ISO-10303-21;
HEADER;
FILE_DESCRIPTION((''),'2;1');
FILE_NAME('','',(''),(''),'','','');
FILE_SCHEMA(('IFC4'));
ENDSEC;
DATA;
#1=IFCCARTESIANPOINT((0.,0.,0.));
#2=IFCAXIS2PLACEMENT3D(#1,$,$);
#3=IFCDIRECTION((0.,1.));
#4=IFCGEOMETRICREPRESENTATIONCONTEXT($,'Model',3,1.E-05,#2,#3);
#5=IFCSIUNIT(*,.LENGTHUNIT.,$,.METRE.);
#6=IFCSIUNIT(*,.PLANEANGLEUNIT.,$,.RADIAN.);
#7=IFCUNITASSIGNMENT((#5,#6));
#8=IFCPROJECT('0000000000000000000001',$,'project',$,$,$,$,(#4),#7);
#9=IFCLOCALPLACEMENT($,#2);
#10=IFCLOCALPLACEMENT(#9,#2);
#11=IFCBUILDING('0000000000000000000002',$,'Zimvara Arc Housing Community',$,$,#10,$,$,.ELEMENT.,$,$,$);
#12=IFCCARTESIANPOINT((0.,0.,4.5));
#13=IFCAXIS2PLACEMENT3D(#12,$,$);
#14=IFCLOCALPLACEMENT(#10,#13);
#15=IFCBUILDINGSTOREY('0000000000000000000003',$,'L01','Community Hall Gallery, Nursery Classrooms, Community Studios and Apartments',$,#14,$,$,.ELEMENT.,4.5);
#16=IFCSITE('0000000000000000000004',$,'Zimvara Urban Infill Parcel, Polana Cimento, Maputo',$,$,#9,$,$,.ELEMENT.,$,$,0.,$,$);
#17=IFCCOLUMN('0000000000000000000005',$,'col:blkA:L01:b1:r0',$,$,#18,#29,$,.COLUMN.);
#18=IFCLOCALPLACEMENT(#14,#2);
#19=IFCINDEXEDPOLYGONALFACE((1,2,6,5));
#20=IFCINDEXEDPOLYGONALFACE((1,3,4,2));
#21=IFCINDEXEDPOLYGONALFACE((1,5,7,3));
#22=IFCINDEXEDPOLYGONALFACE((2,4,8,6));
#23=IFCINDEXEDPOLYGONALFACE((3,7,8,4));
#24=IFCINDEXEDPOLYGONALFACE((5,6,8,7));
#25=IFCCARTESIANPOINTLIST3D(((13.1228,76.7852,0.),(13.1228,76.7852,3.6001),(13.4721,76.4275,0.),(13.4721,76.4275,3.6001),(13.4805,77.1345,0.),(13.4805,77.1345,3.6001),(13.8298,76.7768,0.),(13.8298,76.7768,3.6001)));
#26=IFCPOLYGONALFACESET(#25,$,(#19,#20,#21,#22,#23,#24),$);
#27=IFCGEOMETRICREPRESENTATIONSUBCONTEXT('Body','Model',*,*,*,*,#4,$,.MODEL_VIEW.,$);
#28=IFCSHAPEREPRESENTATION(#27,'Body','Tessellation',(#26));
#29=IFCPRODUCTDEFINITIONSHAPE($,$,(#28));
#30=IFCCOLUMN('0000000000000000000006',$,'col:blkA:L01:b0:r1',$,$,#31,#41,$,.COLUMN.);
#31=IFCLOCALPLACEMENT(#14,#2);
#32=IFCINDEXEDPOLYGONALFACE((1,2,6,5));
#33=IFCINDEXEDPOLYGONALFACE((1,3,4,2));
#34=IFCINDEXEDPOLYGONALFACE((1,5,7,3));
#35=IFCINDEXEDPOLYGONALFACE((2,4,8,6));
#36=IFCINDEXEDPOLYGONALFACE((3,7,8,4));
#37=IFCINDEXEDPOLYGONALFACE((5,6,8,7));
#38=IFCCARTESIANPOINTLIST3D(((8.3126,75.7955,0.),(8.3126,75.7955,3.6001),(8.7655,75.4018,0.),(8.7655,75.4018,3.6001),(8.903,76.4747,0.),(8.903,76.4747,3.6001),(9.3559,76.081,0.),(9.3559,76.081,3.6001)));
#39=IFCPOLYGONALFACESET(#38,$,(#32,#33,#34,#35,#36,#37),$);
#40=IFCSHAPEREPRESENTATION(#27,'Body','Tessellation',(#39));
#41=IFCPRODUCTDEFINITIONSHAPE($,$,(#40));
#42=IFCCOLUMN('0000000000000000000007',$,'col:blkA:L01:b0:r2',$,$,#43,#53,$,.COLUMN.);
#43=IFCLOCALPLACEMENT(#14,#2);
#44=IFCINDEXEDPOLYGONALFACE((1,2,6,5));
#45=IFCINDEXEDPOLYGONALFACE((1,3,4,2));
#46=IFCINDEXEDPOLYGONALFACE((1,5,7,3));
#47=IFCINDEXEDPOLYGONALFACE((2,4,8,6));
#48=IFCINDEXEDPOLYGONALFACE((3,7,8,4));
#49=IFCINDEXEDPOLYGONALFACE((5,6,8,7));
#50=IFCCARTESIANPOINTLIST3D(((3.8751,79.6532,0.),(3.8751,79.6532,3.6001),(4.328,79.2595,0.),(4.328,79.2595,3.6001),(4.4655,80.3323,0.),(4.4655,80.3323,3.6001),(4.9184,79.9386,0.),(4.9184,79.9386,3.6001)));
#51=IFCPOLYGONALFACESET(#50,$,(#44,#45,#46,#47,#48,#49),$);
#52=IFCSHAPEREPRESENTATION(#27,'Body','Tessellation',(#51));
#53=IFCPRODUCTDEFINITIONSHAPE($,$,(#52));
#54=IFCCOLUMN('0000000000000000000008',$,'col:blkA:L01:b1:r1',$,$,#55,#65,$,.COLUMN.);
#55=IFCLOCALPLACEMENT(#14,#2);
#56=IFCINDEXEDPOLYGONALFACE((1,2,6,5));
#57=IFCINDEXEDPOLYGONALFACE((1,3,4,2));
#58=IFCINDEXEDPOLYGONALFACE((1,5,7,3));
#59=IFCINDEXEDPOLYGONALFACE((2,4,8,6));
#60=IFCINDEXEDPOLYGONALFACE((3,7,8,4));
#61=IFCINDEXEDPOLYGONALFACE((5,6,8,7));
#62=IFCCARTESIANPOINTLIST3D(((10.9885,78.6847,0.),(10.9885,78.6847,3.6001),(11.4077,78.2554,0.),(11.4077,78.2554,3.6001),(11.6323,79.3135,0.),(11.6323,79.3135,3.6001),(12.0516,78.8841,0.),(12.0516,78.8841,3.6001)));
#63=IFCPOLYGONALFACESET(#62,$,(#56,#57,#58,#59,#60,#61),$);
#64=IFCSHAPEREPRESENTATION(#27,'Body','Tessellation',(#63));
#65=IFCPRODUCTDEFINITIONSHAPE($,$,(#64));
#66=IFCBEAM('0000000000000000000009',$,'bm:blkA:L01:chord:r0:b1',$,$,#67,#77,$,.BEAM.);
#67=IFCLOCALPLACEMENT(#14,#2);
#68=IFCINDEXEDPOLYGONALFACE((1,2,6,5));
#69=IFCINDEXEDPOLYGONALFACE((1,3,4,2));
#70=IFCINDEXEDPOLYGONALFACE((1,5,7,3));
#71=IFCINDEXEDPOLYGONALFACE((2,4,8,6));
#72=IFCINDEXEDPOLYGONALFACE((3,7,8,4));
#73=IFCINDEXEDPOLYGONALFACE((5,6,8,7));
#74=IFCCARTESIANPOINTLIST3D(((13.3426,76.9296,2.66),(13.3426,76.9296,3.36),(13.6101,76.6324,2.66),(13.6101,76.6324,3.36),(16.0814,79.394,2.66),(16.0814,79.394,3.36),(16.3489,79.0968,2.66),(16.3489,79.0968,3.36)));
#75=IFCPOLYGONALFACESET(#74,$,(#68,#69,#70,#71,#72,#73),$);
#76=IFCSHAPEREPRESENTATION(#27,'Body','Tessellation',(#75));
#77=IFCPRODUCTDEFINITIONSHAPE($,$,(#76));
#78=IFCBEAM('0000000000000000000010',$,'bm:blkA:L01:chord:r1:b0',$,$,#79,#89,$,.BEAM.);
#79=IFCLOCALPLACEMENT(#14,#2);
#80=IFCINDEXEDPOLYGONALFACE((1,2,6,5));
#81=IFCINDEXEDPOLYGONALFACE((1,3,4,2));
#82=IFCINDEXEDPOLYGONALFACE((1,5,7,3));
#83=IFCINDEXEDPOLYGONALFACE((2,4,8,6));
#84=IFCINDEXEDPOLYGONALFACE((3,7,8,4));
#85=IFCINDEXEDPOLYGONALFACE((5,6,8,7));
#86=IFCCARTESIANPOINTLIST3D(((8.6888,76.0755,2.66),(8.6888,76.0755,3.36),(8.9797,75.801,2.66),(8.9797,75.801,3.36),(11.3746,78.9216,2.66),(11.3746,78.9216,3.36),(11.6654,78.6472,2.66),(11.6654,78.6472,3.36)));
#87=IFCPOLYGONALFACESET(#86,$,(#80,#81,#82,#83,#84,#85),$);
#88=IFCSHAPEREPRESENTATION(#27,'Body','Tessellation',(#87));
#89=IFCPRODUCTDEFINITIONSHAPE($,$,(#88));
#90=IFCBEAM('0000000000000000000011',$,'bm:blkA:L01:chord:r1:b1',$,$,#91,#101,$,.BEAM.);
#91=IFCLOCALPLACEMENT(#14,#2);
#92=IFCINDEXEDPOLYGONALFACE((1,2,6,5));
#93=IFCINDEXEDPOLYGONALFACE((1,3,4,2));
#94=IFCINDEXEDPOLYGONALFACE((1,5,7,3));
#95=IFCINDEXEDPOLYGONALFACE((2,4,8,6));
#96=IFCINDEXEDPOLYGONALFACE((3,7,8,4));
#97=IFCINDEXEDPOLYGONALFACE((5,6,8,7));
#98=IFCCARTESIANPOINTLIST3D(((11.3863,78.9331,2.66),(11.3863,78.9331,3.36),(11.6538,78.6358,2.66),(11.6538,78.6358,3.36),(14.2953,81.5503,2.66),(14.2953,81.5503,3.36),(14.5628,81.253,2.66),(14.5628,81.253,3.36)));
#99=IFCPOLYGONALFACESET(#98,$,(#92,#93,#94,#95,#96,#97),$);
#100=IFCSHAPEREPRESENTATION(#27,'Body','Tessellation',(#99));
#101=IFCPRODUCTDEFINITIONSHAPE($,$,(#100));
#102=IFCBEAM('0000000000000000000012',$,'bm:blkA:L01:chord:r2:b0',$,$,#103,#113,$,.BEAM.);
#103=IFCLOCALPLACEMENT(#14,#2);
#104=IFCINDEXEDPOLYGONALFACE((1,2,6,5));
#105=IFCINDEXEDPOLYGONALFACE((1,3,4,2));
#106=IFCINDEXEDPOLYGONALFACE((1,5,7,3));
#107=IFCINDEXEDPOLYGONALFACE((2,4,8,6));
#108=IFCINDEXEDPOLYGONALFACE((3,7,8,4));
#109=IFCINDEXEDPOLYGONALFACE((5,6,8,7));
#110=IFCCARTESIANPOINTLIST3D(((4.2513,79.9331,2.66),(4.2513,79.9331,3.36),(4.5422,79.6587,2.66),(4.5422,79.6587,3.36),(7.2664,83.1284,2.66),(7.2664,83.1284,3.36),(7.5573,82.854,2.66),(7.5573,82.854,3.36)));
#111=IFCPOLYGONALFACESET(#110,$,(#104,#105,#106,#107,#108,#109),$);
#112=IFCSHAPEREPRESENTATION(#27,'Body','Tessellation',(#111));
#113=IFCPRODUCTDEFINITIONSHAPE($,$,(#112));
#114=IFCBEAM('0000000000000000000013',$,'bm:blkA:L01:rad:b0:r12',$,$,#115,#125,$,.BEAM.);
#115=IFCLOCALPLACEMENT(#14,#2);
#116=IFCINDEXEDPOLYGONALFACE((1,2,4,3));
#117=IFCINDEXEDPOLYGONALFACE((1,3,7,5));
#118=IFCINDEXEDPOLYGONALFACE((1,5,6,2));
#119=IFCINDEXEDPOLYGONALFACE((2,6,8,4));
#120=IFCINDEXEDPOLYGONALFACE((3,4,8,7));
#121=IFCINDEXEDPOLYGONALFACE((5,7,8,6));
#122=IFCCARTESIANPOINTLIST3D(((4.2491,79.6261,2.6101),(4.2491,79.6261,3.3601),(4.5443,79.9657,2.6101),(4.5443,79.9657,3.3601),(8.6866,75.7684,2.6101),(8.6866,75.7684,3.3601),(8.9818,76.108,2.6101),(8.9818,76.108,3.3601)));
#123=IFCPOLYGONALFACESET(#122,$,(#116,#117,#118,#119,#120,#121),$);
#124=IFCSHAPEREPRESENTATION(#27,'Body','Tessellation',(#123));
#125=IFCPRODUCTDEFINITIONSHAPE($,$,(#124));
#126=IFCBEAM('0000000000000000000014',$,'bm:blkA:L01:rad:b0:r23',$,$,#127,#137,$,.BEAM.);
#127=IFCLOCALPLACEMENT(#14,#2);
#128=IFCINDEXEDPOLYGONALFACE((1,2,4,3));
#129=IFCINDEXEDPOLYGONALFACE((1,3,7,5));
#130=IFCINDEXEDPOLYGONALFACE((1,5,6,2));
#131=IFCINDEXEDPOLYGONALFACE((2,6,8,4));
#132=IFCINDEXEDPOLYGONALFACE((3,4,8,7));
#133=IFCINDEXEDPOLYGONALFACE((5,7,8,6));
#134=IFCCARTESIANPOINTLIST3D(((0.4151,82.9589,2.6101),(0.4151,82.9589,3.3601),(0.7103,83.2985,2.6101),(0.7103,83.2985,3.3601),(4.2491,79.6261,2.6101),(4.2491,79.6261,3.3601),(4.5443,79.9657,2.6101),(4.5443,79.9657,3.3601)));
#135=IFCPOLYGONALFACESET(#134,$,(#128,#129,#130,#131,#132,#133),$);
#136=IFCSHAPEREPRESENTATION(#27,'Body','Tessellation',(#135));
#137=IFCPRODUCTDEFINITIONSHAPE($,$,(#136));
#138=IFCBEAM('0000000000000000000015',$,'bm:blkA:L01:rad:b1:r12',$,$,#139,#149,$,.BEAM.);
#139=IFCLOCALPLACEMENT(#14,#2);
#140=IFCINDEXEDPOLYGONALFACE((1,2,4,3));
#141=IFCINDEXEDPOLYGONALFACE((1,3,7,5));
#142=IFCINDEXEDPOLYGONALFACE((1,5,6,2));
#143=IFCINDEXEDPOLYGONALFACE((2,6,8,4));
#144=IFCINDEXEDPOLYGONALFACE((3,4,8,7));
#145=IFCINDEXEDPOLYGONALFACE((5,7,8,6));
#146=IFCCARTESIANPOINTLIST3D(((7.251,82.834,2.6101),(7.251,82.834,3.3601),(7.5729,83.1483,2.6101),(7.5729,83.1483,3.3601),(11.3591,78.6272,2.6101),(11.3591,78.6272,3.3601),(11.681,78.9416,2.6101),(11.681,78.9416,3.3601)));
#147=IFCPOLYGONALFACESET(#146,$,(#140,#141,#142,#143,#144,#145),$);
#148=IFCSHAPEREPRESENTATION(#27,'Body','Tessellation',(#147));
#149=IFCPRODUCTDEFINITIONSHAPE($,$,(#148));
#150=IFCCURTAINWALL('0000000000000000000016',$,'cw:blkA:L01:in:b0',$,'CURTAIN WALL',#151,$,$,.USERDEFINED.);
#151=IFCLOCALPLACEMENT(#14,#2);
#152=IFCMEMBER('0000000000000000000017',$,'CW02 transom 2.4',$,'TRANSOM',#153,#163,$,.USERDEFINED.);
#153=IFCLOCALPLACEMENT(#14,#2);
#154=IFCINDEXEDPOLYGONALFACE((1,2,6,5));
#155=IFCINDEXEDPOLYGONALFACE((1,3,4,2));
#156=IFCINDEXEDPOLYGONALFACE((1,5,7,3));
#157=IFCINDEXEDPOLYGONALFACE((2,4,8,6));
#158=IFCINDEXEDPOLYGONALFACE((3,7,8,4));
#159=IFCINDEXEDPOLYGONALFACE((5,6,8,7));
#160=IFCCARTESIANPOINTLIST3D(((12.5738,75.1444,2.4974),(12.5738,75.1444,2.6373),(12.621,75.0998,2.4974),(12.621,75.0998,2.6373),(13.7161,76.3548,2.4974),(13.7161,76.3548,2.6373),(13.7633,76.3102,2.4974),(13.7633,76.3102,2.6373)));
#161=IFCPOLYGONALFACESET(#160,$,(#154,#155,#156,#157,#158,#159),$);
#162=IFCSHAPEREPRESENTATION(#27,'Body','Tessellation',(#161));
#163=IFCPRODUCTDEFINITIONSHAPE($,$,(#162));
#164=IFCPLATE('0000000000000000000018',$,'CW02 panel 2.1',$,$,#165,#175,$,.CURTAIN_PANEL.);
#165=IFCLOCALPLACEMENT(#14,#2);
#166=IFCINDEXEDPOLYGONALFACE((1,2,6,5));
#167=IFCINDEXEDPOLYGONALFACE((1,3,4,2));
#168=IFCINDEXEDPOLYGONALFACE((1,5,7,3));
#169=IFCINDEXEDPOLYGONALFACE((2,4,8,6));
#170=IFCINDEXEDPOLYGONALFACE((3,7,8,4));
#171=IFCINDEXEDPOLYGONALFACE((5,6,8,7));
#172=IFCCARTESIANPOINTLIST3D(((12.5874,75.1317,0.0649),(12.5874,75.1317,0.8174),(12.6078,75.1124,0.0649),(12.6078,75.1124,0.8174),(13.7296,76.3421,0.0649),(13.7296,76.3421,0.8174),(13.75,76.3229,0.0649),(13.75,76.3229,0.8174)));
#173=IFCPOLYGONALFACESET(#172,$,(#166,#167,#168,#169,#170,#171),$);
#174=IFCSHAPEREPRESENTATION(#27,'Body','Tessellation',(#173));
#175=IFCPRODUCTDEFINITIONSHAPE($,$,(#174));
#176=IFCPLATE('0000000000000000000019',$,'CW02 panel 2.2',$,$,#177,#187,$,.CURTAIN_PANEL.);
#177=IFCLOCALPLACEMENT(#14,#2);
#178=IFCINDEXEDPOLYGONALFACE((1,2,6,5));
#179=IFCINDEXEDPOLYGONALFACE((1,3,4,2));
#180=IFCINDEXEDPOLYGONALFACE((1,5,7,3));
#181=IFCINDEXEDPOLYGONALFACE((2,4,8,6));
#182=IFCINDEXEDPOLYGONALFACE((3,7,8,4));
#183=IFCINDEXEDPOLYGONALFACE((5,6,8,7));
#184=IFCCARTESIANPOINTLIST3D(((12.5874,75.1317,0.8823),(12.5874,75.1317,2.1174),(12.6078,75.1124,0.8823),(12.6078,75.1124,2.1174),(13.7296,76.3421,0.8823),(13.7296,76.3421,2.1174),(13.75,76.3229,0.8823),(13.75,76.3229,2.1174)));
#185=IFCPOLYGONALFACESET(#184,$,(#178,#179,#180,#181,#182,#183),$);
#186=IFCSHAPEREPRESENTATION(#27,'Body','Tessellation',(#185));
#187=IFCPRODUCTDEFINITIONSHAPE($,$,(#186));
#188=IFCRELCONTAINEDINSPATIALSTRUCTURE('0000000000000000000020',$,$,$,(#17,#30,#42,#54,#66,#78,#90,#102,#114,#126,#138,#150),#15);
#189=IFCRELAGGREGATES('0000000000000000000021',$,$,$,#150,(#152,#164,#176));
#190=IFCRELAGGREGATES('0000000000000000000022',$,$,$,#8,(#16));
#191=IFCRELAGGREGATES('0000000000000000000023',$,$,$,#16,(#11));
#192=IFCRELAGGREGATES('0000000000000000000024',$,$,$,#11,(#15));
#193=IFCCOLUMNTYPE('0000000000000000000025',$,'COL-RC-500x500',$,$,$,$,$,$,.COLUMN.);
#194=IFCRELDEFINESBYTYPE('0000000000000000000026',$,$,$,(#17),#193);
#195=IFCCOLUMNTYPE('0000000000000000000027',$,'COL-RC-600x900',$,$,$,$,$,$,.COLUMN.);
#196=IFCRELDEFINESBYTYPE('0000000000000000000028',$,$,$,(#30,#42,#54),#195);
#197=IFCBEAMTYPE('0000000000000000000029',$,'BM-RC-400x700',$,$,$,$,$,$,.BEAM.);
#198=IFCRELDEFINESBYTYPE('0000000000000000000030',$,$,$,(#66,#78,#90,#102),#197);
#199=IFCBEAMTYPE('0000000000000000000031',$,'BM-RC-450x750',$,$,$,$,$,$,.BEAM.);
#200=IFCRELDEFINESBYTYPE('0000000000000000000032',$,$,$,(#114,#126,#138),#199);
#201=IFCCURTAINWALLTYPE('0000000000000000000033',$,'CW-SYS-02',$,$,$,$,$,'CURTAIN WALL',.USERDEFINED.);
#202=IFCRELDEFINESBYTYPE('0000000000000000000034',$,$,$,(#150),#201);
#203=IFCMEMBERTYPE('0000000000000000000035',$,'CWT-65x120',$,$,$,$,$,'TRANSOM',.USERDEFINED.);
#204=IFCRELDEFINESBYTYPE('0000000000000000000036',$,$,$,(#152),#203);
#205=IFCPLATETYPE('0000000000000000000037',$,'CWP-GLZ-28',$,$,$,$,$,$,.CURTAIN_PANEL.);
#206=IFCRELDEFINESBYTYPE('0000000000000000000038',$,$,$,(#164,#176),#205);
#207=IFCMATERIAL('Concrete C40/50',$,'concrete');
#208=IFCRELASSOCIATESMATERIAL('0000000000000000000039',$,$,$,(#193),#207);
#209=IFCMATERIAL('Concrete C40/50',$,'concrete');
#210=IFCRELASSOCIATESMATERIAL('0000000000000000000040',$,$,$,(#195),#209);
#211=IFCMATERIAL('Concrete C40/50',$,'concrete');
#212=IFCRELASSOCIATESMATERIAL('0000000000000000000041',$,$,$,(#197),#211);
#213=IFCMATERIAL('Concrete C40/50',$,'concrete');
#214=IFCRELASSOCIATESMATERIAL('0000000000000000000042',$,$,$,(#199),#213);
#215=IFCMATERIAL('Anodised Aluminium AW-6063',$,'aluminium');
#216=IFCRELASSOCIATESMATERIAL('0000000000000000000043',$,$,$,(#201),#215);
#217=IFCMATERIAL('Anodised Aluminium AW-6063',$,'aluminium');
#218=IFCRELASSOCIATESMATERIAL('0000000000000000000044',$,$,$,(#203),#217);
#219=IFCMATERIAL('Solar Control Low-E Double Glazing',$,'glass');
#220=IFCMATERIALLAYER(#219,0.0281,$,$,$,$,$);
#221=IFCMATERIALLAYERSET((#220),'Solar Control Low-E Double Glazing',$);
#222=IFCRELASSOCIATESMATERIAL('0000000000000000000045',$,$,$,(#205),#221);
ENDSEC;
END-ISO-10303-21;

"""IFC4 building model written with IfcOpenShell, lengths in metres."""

from ifc_helpers import new_model, si_unit, direction, frame, origin, origin_2d, place, context, subcontext, project, spatial, rectangle, extrude, material, layer, layer_set, material_profile, profile_set, type_object, element, aggregate, save


model = new_model("IFC4")

# Units and contexts
model_context = context("Model", 3, precision=1e-05, world=origin(), true_north=direction((0.0, 1.0)))
body_context = subcontext(model_context, "Body", "Model", "MODEL_VIEW")
ifc_project = project(units=[si_unit("LENGTHUNIT", "METRE"), si_unit("PLANEANGLEUNIT", "RADIAN")], contexts=[model_context])

# Site, building, storey
site_placement = place(None, origin())
site = spatial("IfcSite", under=ifc_project, at=site_placement, Name="Zimvara Urban Infill Parcel, Polana Cimento, Maputo", CompositionType="ELEMENT", RefElevation=0.0)
building_placement = place(site_placement, origin())
building = spatial("IfcBuilding", under=site, at=building_placement, Name="Zimvara Arc Housing Community", CompositionType="ELEMENT")
storey_placement = place(building_placement, frame((0.0, 0.0, 4.5)))
storey = spatial("IfcBuildingStorey", under=building, at=storey_placement, Name="L01", Description="Community Hall Gallery, Nursery Classrooms, Community Studios and Apartments", CompositionType="ELEMENT", Elevation=4.5)

# Columns
ifc_material_1 = material(Name="Concrete C40/50", Category="concrete")
ifc_material_profile_1 = material_profile(ifc_material_1, rectangle(XDim=0.5, YDim=0.5, at=origin_2d()), Name="RC 500x500")
ifc_profile_set_1 = profile_set([ifc_material_profile_1], Name="Concrete C40/50")
column_type_1 = type_object("IfcColumnType", Name="COL-RC-500x500", PredefinedType="COLUMN", material=ifc_profile_set_1)
column_placement = place(storey_placement, frame((13.4763, 76.781, 0.0), z_axis=(0.0, 0.0, 1.0), x_axis=(-0.698665, 0.715449, 0.0)))
element("IfcColumn", 1, at=column_placement, inside=storey, type_object=column_type_1, Name="col:blkA:L01:b1:r0", PredefinedType="COLUMN", context=body_context, shape_type="SweptSolid", body=[
    extrude(rectangle(XDim=0.5, YDim=0.5, at=origin_2d()), origin(), (0.0, 0.0, 1.0), 3.6001),
])
ifc_material_2 = material(Name="Concrete C40/50", Category="concrete")
ifc_material_profile_2 = material_profile(ifc_material_2, rectangle(XDim=0.6001, YDim=0.8999, at=origin_2d()), Name="RC 600x900")
ifc_profile_set_2 = profile_set([ifc_material_profile_2], Name="Concrete C40/50")
column_type_2 = type_object("IfcColumnType", Name="COL-RC-600x900", PredefinedType="COLUMN", material=ifc_profile_set_2)
for number, where, z_axis, x_axis, name in (
    (2, (8.8342, 75.9382, 0.0), (0.0, 0.0, 1.0), (-0.75471, 0.656059, 0.0), "col:blkA:L01:b0:r1"),
    (3, (4.3967, 79.7959, 0.0), (0.0, 0.0, 1.0), (-0.75471, 0.656059, 0.0), "col:blkA:L01:b0:r2"),
    (4, (11.52, 78.7844, 0.0), (0.0, 0.0, 1.0), (-0.698665, 0.715449, 0.0), "col:blkA:L01:b1:r1"),
):
    element("IfcColumn", number, at=place(storey_placement, frame(where, z_axis=z_axis, x_axis=x_axis)), inside=storey, type_object=column_type_2, Name=name, PredefinedType="COLUMN", context=body_context, shape_type="SweptSolid", body=[
        extrude(rectangle(XDim=0.6001, YDim=0.8999, at=origin_2d()), origin(), (0.0, 0.0, 1.0), 3.6001),
    ])

# Beams
ifc_material_3 = material(Name="Concrete C40/50", Category="concrete")
ifc_material_profile_3 = material_profile(ifc_material_3, rectangle(XDim=0.3999, YDim=0.7, at=origin_2d()), Name="RC 400x700")
ifc_profile_set_3 = profile_set([ifc_material_profile_3], Name="Concrete C40/50")
beam_type_1 = type_object("IfcBeamType", Name="BM-RC-400x700", PredefinedType="BEAM", material=ifc_profile_set_3)
beam_1_placement = place(storey_placement, frame((13.4763, 76.781, 3.01), z_axis=(0.743367, 0.668884, 0.0), x_axis=(-0.668884, 0.743367, 0.0)))
element("IfcBeam", 5, at=beam_1_placement, inside=storey, type_object=beam_type_1, Name="bm:blkA:L01:chord:r0:b1", PredefinedType="BEAM", context=body_context, shape_type="SweptSolid", body=[
    extrude(rectangle(XDim=0.3999, YDim=0.7, at=origin_2d()), origin(), (0.0, 0.0, 1.0), 3.6843),
])
beam_2_placement = place(storey_placement, frame((8.8342, 75.9382, 3.01), z_axis=(0.686316, 0.727304, 0.0), x_axis=(-0.727304, 0.686316, 0.0)))
element("IfcBeam", 6, at=beam_2_placement, inside=storey, type_object=beam_type_1, Name="bm:blkA:L01:chord:r1:b0", PredefinedType="BEAM", context=body_context, shape_type="SweptSolid", body=[
    extrude(rectangle(XDim=0.3999, YDim=0.7, at=origin_2d()), origin(), (0.0, 0.0, 1.0), 3.9133),
])
beam_3_placement = place(storey_placement, frame((11.52, 78.7844, 3.01), z_axis=(0.743403, 0.668844, 0.0), x_axis=(-0.668844, 0.743403, 0.0)))
element("IfcBeam", 7, at=beam_3_placement, inside=storey, type_object=beam_type_1, Name="bm:blkA:L01:chord:r1:b1", PredefinedType="BEAM", context=body_context, shape_type="SweptSolid", body=[
    extrude(rectangle(XDim=0.3999, YDim=0.7, at=origin_2d()), origin(), (0.0, 0.0, 1.0), 3.9131),
])
beam_4_placement = place(storey_placement, frame((4.3967, 79.7959, 3.01), z_axis=(0.686304, 0.727315, 0.0), x_axis=(-0.727315, 0.686304, 0.0)))
element("IfcBeam", 8, at=beam_4_placement, inside=storey, type_object=beam_type_1, Name="bm:blkA:L01:chord:r2:b0", PredefinedType="BEAM", context=body_context, shape_type="SweptSolid", body=[
    extrude(rectangle(XDim=0.3999, YDim=0.7, at=origin_2d()), origin(), (0.0, 0.0, 1.0), 4.3933),
])
ifc_material_4 = material(Name="Concrete C40/50", Category="concrete")
ifc_material_profile_4 = material_profile(ifc_material_4, rectangle(XDim=0.45, YDim=0.75, at=origin_2d()), Name="RC 450x750")
ifc_profile_set_4 = profile_set([ifc_material_profile_4], Name="Concrete C40/50")
beam_type_2 = type_object("IfcBeamType", Name="BM-RC-450x750", PredefinedType="BEAM", material=ifc_profile_set_4)
beam_5_placement = place(storey_placement, frame((8.8342, 75.9382, 2.9851), z_axis=(-0.754692, 0.656079, 0.0), x_axis=(-0.656079, -0.754692, 0.0)))
element("IfcBeam", 9, at=beam_5_placement, inside=storey, type_object=beam_type_2, Name="bm:blkA:L01:rad:b0:r12", PredefinedType="BEAM", context=body_context, shape_type="SweptSolid", body=[
    extrude(rectangle(XDim=0.45, YDim=0.75, at=origin_2d()), origin(), (0.0, 0.0, 1.0), 5.8799),
])
beam_6_placement = place(storey_placement, frame((4.3967, 79.7959, 2.9851), z_axis=(-0.754716, 0.656051, 0.0), x_axis=(-0.656051, -0.754716, 0.0)))
element("IfcBeam", 10, at=beam_6_placement, inside=storey, type_object=beam_type_2, Name="bm:blkA:L01:rad:b0:r23", PredefinedType="BEAM", context=body_context, shape_type="SweptSolid", body=[
    extrude(rectangle(XDim=0.45, YDim=0.75, at=origin_2d()), origin(), (0.0, 0.0, 1.0), 5.0801),
])
beam_7_placement = place(storey_placement, frame((11.52, 78.7844, 2.9851), z_axis=(-0.69867, 0.715444, 0.0), x_axis=(-0.715444, -0.69867, 0.0)))
element("IfcBeam", 11, at=beam_7_placement, inside=storey, type_object=beam_type_2, Name="bm:blkA:L01:rad:b1:r12", PredefinedType="BEAM", context=body_context, shape_type="SweptSolid", body=[
    extrude(rectangle(XDim=0.45, YDim=0.75, at=origin_2d()), origin(), (0.0, 0.0, 1.0), 5.8799),
])

# Curtain wall, member, plates
ifc_material_5 = material(Name="Anodised Aluminium AW-6063", Category="aluminium")
curtain_wall_type = type_object("IfcCurtainWallType", Name="CW-SYS-02", ElementType="CURTAIN WALL", PredefinedType="USERDEFINED", material=ifc_material_5)
curtain_wall_placement = place(storey_placement, origin())
curtain_wall = element("IfcCurtainWall", 12, at=curtain_wall_placement, inside=storey, type_object=curtain_wall_type, Name="cw:blkA:L01:in:b0", ObjectType="CURTAIN WALL", PredefinedType="USERDEFINED")
ifc_material_6 = material(Name="Anodised Aluminium AW-6063", Category="aluminium")
ifc_material_profile_5 = material_profile(ifc_material_6, rectangle(XDim=0.0649, YDim=0.1399, at=origin_2d()), Name="ALU 65x140")
ifc_profile_set_5 = profile_set([ifc_material_profile_5], Name="Anodised Aluminium AW-6063")
member_type = type_object("IfcMemberType", Name="CWT-65x120", ElementType="TRANSOM", PredefinedType="USERDEFINED", material=ifc_profile_set_5)
member_placement = place(storey_placement, frame((12.5974, 75.1221, 2.5674), z_axis=(0.686348, 0.727273, 0.0), x_axis=(-0.727273, 0.686348, 0.0)))
member = element("IfcMember", 13, at=member_placement, type_object=member_type, Name="CW02 transom 2.4", ObjectType="TRANSOM", PredefinedType="USERDEFINED", context=body_context, shape_type="SweptSolid", body=[
    extrude(rectangle(XDim=0.0649, YDim=0.1399, at=origin_2d()), origin(), (0.0, 0.0, 1.0), 1.6643),
])
ifc_material_7 = material(Name="Solar Control Low-E Double Glazing", Category="glass")
ifc_layer_1 = layer(ifc_material_7, 0.0281)
ifc_layer_set_1 = layer_set([ifc_layer_1], Name="Solar Control Low-E Double Glazing")
plate_type = type_object("IfcPlateType", Name="CWP-GLZ-28", PredefinedType="CURTAIN_PANEL", material=ifc_layer_set_1)
plate_1_placement = place(storey_placement, frame((13.1687, 75.7273, 0.0649), z_axis=(0.0, 0.0, 1.0), x_axis=(0.686327, 0.727293, 0.0)))
plate_1 = element("IfcPlate", 14, at=plate_1_placement, type_object=plate_type, Name="CW02 panel 2.1", PredefinedType="CURTAIN_PANEL", context=body_context, shape_type="SweptSolid", body=[
    extrude(rectangle(XDim=1.6643, YDim=0.0281, at=origin_2d()), origin(), (0.0, 0.0, 1.0), 0.7524),
])
plate_2_placement = place(storey_placement, frame((13.1687, 75.7273, 0.8823), z_axis=(0.0, 0.0, 1.0), x_axis=(0.686327, 0.727293, 0.0)))
plate_2 = element("IfcPlate", 15, at=plate_2_placement, type_object=plate_type, Name="CW02 panel 2.2", PredefinedType="CURTAIN_PANEL", context=body_context, shape_type="SweptSolid", body=[
    extrude(rectangle(XDim=1.6643, YDim=0.0281, at=origin_2d()), origin(), (0.0, 0.0, 1.0), 1.2351),
])
aggregate(curtain_wall, [member, plate_1, plate_2])

save(model, "model.ifc")
